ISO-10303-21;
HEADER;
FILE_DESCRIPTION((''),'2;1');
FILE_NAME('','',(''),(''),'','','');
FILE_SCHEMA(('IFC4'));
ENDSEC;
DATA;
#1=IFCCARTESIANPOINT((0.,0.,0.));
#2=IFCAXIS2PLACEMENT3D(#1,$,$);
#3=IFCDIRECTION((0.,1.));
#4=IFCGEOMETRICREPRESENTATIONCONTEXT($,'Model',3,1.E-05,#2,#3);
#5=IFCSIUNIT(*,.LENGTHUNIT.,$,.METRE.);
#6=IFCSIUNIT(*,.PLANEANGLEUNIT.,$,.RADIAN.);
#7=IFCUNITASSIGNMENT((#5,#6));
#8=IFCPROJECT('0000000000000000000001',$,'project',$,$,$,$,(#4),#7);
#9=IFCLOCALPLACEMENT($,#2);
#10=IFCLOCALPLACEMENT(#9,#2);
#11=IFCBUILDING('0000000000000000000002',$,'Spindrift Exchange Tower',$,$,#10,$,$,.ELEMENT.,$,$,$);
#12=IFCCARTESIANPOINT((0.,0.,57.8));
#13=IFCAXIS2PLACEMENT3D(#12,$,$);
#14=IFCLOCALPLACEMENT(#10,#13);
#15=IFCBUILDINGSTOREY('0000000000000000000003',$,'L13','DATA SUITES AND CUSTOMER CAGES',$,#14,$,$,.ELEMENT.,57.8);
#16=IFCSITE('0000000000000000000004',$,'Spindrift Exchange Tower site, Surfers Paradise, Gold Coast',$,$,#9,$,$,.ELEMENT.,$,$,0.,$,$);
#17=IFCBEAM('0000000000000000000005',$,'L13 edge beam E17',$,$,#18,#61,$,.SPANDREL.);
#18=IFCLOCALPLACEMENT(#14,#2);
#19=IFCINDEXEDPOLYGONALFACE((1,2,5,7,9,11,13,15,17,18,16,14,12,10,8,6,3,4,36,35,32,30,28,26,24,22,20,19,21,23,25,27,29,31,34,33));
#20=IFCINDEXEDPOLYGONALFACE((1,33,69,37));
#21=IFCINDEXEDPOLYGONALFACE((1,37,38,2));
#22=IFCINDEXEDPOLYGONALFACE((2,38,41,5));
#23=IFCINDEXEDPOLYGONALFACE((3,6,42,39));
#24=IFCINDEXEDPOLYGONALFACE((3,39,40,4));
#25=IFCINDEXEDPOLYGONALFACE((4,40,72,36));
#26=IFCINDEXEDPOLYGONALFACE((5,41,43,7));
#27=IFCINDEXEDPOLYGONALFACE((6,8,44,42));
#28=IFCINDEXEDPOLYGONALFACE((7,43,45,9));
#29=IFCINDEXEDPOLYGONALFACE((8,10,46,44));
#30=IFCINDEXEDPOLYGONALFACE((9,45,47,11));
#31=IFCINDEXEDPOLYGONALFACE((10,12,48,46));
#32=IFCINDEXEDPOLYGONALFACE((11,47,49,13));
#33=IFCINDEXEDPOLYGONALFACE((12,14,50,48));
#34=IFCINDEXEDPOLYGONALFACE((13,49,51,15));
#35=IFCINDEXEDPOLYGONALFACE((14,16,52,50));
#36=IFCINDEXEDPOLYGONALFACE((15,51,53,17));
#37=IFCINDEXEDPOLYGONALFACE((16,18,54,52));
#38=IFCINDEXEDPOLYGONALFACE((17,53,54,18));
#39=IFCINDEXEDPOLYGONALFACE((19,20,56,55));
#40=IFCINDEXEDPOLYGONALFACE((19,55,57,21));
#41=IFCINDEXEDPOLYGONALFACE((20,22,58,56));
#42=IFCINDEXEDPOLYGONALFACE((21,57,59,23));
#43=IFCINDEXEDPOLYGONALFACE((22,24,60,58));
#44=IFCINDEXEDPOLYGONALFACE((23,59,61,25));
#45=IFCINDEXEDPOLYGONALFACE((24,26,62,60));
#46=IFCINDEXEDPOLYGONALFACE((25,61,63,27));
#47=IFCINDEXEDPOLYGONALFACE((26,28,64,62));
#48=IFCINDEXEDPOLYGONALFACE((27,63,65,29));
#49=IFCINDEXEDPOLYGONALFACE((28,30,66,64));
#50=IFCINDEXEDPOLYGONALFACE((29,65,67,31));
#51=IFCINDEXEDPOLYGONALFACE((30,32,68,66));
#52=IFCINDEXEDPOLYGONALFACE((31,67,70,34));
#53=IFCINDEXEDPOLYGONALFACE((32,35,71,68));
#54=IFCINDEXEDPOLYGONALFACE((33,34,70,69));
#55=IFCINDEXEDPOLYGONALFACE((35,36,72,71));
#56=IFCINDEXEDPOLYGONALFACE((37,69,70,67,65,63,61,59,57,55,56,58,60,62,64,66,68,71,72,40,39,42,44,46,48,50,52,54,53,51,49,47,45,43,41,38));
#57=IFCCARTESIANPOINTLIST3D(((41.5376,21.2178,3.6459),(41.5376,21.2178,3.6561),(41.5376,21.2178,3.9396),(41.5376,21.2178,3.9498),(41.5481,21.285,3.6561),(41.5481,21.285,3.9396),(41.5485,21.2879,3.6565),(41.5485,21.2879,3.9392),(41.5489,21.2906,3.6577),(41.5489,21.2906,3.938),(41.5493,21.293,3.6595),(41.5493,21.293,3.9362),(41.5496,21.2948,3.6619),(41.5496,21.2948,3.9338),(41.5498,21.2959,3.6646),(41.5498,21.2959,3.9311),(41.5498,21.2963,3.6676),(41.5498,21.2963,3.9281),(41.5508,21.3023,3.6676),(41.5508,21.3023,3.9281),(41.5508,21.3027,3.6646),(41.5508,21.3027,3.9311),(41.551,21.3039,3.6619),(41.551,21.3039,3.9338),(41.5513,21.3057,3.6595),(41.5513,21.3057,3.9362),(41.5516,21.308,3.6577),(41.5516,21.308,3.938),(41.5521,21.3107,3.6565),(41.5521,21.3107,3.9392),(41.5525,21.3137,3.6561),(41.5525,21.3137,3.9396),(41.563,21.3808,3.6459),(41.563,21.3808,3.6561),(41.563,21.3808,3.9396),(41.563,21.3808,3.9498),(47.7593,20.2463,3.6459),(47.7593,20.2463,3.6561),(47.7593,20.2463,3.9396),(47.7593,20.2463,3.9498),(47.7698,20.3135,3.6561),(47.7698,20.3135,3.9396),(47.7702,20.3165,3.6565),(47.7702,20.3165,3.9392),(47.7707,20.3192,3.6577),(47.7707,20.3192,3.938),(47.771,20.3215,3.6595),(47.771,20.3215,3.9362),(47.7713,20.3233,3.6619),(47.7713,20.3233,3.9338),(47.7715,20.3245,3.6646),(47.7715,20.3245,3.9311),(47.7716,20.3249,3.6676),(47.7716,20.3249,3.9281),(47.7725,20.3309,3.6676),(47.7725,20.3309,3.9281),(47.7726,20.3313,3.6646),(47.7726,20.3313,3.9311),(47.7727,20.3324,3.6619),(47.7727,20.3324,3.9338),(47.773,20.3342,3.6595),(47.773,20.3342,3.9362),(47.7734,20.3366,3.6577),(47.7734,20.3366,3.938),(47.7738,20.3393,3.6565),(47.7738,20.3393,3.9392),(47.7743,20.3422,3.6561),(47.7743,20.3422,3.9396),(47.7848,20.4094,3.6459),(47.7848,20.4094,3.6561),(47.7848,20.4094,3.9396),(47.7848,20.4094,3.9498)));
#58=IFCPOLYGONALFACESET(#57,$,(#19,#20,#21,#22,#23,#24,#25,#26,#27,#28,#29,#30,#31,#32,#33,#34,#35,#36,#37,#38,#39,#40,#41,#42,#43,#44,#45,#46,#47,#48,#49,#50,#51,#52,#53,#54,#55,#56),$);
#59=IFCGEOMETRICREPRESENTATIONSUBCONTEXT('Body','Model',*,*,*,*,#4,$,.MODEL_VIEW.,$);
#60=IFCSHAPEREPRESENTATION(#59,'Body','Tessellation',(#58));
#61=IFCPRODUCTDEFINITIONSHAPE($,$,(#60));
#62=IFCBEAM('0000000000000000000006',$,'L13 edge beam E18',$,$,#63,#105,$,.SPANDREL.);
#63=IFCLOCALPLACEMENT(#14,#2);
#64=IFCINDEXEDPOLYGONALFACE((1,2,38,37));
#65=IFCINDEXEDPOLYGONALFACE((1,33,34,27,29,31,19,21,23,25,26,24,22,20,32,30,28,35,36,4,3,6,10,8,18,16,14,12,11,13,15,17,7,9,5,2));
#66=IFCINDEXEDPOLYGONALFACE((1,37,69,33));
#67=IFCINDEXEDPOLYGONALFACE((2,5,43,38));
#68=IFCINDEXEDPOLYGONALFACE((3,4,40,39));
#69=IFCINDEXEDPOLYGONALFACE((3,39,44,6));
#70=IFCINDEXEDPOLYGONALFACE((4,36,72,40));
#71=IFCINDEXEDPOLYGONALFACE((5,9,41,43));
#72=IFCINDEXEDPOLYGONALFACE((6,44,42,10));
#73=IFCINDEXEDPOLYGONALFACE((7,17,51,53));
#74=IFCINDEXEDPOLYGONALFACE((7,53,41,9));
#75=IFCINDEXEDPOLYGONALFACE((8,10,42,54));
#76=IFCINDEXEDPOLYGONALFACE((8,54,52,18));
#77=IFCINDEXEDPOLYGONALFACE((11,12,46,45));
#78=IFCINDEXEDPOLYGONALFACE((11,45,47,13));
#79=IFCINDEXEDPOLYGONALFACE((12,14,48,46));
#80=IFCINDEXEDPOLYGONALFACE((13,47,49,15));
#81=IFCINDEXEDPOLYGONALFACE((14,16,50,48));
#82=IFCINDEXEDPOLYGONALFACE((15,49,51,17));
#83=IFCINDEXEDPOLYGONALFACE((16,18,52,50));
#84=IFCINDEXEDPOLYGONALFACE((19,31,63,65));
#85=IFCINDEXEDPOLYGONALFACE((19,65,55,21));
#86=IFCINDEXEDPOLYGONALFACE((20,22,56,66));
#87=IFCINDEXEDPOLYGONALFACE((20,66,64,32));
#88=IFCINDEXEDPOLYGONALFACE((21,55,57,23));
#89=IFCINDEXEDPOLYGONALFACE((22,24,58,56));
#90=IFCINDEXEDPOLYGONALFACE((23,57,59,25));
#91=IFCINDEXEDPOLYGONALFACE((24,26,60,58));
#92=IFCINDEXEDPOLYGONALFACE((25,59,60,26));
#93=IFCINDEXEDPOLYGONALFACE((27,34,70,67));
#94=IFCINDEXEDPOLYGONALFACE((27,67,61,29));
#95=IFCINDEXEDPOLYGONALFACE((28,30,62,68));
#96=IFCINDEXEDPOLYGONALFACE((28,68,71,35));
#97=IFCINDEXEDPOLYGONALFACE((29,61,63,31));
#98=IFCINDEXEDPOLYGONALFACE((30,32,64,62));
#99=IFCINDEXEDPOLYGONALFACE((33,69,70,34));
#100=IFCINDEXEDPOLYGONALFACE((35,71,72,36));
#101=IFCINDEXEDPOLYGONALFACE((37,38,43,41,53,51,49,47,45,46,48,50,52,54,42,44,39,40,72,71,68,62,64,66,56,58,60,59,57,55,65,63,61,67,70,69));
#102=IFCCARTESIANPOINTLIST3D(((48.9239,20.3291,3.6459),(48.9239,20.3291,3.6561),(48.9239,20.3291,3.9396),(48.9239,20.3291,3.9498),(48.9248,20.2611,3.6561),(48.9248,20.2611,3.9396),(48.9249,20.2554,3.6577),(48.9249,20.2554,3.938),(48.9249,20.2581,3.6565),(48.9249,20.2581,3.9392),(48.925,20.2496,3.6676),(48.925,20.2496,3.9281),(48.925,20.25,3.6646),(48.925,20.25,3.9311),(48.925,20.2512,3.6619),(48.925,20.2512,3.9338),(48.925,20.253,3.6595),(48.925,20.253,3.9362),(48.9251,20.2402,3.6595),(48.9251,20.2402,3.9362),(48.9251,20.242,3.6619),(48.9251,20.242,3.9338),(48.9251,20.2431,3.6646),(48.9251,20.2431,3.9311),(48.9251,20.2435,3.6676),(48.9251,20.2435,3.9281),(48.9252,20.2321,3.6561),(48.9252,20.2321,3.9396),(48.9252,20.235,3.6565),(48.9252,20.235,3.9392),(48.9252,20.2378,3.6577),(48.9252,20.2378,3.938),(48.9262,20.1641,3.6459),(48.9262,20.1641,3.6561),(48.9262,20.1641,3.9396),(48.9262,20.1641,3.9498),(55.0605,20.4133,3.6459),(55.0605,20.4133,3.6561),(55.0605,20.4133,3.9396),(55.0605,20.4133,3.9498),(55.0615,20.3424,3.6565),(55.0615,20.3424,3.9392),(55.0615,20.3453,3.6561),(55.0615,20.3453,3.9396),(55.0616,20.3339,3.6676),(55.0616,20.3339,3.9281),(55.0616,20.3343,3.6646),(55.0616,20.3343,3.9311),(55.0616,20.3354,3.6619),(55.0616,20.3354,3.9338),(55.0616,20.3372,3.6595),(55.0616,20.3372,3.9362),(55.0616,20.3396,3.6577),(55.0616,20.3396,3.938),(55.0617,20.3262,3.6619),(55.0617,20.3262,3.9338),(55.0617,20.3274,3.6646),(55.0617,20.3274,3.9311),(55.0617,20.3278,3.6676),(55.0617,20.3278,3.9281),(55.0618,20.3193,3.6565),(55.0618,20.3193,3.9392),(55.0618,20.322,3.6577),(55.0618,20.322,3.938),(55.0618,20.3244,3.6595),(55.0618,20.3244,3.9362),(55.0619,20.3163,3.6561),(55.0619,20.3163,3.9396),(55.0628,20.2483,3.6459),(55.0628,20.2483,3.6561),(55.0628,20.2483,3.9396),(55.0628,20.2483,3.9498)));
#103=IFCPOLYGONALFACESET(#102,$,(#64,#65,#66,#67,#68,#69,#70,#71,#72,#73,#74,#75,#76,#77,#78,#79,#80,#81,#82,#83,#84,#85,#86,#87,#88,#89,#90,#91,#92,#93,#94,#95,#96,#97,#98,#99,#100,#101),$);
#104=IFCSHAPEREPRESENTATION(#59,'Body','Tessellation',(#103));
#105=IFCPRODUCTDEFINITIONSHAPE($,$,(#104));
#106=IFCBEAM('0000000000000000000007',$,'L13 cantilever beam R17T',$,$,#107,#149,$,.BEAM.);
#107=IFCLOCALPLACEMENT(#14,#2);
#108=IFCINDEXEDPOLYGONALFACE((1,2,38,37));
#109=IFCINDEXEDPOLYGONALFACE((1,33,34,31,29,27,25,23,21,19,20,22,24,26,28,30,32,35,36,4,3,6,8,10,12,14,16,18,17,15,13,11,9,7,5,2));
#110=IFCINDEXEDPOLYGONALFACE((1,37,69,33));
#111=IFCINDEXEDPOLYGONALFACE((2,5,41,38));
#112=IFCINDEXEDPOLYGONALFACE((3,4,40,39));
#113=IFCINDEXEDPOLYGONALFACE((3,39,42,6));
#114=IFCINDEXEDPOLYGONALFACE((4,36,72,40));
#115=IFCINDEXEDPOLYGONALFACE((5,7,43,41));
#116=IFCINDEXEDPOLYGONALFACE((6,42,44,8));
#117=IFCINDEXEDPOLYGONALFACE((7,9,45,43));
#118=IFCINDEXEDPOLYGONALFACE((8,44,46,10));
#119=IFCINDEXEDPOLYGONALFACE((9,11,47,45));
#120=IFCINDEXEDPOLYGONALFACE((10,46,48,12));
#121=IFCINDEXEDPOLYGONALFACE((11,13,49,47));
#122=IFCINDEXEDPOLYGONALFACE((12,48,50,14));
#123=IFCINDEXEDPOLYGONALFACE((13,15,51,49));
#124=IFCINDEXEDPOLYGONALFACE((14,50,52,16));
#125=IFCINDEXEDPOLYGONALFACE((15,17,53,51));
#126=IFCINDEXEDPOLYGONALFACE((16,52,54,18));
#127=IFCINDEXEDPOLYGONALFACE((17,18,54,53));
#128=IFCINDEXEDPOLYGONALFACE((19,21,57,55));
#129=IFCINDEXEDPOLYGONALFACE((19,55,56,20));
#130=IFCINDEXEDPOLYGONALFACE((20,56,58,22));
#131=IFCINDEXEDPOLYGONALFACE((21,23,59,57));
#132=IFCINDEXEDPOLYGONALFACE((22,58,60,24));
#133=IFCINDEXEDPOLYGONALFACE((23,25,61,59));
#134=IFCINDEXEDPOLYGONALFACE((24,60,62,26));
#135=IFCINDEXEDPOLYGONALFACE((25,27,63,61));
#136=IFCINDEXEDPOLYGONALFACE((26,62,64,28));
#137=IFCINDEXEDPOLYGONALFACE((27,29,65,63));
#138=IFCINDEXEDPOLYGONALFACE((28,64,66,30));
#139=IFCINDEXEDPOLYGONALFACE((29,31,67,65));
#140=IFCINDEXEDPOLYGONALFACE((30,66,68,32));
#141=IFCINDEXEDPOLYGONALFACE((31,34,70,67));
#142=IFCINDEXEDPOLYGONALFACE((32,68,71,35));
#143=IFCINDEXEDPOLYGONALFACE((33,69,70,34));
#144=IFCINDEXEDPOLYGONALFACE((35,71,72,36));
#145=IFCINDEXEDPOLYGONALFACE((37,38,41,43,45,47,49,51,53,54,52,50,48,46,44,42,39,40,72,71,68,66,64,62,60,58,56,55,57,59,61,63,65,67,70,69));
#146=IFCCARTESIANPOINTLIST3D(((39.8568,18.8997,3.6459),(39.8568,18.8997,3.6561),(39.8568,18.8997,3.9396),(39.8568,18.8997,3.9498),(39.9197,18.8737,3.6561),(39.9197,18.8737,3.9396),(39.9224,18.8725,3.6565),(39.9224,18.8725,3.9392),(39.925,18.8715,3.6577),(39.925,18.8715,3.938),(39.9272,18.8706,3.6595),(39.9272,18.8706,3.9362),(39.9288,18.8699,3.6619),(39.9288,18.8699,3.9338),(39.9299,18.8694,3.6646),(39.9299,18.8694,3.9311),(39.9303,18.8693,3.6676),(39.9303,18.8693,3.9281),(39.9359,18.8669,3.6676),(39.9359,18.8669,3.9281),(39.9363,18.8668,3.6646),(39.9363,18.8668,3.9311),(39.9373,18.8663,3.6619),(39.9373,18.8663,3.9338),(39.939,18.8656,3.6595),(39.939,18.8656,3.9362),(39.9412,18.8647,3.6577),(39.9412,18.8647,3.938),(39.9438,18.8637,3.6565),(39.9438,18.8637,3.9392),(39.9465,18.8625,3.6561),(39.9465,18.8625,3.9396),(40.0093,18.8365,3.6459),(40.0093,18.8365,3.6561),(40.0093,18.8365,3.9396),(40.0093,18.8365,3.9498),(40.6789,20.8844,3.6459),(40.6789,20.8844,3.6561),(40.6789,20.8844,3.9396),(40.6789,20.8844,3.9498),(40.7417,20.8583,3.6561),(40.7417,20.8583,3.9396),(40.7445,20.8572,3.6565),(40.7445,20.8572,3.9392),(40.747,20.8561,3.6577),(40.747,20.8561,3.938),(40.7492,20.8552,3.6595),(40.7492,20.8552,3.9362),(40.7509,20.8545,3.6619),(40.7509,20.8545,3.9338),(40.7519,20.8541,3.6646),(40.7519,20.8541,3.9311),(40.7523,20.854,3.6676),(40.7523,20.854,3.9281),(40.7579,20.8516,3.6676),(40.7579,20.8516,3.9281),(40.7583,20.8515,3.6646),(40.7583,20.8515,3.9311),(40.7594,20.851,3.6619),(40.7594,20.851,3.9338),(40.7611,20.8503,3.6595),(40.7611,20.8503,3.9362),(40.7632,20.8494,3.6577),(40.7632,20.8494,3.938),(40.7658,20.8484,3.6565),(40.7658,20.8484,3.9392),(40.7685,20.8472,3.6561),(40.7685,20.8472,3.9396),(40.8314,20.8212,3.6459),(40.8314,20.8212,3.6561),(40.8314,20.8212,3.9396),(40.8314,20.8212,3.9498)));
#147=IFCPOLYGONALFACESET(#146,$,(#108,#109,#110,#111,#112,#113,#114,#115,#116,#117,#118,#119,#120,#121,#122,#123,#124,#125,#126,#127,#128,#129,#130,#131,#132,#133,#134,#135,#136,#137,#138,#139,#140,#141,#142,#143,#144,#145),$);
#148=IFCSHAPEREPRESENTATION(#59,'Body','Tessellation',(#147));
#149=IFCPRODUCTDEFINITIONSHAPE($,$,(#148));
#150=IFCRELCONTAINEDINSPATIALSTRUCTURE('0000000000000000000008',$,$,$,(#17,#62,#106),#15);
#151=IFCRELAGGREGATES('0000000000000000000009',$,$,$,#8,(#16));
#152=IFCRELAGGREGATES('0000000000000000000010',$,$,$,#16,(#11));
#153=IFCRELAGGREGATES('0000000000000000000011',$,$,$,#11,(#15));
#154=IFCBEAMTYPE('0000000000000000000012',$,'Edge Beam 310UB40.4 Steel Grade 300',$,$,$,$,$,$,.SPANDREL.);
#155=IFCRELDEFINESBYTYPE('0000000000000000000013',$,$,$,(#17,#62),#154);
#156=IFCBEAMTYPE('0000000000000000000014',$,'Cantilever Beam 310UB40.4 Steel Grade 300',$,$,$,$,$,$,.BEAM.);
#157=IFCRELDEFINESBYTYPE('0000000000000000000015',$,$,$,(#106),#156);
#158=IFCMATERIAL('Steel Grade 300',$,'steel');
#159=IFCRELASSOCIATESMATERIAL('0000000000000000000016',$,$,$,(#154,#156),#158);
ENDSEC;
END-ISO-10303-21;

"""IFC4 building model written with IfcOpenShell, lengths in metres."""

from ifc_helpers import new_model, si_unit, direction, frame, origin, origin_2d, place, context, subcontext, project, spatial, i_section, extrude, source, transform, mapped, material, material_profile, profile_set, type_object, element, save


model = new_model("IFC4")

# Units and contexts
model_context = context("Model", 3, precision=1e-05, world=origin(), true_north=direction((0.0, 1.0)))
body_context = subcontext(model_context, "Body", "Model", "MODEL_VIEW")
ifc_project = project(units=[si_unit("LENGTHUNIT", "METRE"), si_unit("PLANEANGLEUNIT", "RADIAN")], contexts=[model_context])

# Site, building, storey
site_placement = place(None, origin())
site = spatial("IfcSite", under=ifc_project, at=site_placement, Name="Spindrift Exchange Tower site, Surfers Paradise, Gold Coast", CompositionType="ELEMENT", RefElevation=0.0)
building_placement = place(site_placement, origin())
building = spatial("IfcBuilding", under=site, at=building_placement, Name="Spindrift Exchange Tower", CompositionType="ELEMENT")
storey_placement = place(building_placement, frame((0.0, 0.0, 57.8)))
storey = spatial("IfcBuildingStorey", under=building, at=storey_placement, Name="L13", Description="DATA SUITES AND CUSTOMER CAGES", CompositionType="ELEMENT", Elevation=57.8)

# Beams
ifc_material_1 = material(Name="Steel Grade 300", Category="steel")
ifc_material_profile_1 = material_profile(ifc_material_1, i_section(OverallWidth=0.165, OverallDepth=0.304, WebThickness=0.0061, FlangeThickness=0.0103, FilletRadius=0.0115, at=origin_2d()), Name="310UB40.4")
ifc_profile_set_1 = profile_set([ifc_material_profile_1], Name="Steel Grade 300")
beam_type_1 = type_object("IfcBeamType", Name="Edge Beam 310UB40.4 Steel Grade 300", PredefinedType="SPANDREL", material=ifc_profile_set_1)
shared_shape_1 = source(origin(), body_context, "Body", "SweptSolid", [
    extrude(i_section(OverallWidth=0.165, OverallDepth=0.304, WebThickness=0.0061, FlangeThickness=0.0103, FilletRadius=0.0115, at=origin_2d()), origin(), (0.0, 0.0, 1.0), 6.2971),
])
beam_1_placement = place(storey_placement, frame((41.5503, 21.2993, 3.7979), z_axis=(0.988029, -0.154268, 0.0), x_axis=(0.154268, 0.988029, 0.0)))
element("IfcBeam", 1, at=beam_1_placement, inside=storey, type_object=beam_type_1, Name="L13 edge beam E17", PredefinedType="SPANDREL", context=body_context, shape_type="MappedRepresentation", body=[
    mapped(shared_shape_1, transform((0.0, 0.0, 0.0), scale=1.0)),
])
shared_shape_2 = source(origin(), body_context, "Body", "SweptSolid", [
    extrude(i_section(OverallWidth=0.165, OverallDepth=0.304, WebThickness=0.0061, FlangeThickness=0.0103, FilletRadius=0.0115, at=origin_2d()), origin(), (0.0, 0.0, 1.0), 6.1372),
])
beam_2_placement = place(storey_placement, frame((48.925, 20.2466, 3.7979), z_axis=(0.999906, 0.013724, 0.0), x_axis=(-0.013724, 0.999906, 0.0)))
element("IfcBeam", 2, at=beam_2_placement, inside=storey, type_object=beam_type_1, Name="L13 edge beam E18", PredefinedType="SPANDREL", context=body_context, shape_type="MappedRepresentation", body=[
    mapped(shared_shape_2, transform((0.0, 0.0, 0.0), scale=1.0)),
])
ifc_material_profile_2 = material_profile(ifc_material_1, i_section(OverallWidth=0.165, OverallDepth=0.304, WebThickness=0.0061, FlangeThickness=0.0103, FilletRadius=0.0115, at=origin_2d()), Name="310UB40.4")
ifc_profile_set_2 = profile_set([ifc_material_profile_2], Name="Steel Grade 300")
beam_type_2 = type_object("IfcBeamType", Name="Cantilever Beam 310UB40.4 Steel Grade 300", PredefinedType="BEAM", material=ifc_profile_set_2)
shared_shape_3 = source(origin(), body_context, "Body", "SweptSolid", [
    extrude(i_section(OverallWidth=0.165, OverallDepth=0.304, WebThickness=0.0061, FlangeThickness=0.0103, FilletRadius=0.0115, at=origin_2d()), origin(), (0.0, 0.0, 1.0), 2.1482),
])
beam_3_placement = place(storey_placement, frame((40.7551, 20.8528, 3.7979), z_axis=(-0.38267, -0.923885, 0.0), x_axis=(0.923885, -0.38267, 0.0)))
element("IfcBeam", 3, at=beam_3_placement, inside=storey, type_object=beam_type_2, Name="L13 cantilever beam R17T", PredefinedType="BEAM", context=body_context, shape_type="MappedRepresentation", body=[
    mapped(shared_shape_3, transform((0.0, 0.0, 0.0), scale=1.0)),
])

save(model, "model.ifc")
